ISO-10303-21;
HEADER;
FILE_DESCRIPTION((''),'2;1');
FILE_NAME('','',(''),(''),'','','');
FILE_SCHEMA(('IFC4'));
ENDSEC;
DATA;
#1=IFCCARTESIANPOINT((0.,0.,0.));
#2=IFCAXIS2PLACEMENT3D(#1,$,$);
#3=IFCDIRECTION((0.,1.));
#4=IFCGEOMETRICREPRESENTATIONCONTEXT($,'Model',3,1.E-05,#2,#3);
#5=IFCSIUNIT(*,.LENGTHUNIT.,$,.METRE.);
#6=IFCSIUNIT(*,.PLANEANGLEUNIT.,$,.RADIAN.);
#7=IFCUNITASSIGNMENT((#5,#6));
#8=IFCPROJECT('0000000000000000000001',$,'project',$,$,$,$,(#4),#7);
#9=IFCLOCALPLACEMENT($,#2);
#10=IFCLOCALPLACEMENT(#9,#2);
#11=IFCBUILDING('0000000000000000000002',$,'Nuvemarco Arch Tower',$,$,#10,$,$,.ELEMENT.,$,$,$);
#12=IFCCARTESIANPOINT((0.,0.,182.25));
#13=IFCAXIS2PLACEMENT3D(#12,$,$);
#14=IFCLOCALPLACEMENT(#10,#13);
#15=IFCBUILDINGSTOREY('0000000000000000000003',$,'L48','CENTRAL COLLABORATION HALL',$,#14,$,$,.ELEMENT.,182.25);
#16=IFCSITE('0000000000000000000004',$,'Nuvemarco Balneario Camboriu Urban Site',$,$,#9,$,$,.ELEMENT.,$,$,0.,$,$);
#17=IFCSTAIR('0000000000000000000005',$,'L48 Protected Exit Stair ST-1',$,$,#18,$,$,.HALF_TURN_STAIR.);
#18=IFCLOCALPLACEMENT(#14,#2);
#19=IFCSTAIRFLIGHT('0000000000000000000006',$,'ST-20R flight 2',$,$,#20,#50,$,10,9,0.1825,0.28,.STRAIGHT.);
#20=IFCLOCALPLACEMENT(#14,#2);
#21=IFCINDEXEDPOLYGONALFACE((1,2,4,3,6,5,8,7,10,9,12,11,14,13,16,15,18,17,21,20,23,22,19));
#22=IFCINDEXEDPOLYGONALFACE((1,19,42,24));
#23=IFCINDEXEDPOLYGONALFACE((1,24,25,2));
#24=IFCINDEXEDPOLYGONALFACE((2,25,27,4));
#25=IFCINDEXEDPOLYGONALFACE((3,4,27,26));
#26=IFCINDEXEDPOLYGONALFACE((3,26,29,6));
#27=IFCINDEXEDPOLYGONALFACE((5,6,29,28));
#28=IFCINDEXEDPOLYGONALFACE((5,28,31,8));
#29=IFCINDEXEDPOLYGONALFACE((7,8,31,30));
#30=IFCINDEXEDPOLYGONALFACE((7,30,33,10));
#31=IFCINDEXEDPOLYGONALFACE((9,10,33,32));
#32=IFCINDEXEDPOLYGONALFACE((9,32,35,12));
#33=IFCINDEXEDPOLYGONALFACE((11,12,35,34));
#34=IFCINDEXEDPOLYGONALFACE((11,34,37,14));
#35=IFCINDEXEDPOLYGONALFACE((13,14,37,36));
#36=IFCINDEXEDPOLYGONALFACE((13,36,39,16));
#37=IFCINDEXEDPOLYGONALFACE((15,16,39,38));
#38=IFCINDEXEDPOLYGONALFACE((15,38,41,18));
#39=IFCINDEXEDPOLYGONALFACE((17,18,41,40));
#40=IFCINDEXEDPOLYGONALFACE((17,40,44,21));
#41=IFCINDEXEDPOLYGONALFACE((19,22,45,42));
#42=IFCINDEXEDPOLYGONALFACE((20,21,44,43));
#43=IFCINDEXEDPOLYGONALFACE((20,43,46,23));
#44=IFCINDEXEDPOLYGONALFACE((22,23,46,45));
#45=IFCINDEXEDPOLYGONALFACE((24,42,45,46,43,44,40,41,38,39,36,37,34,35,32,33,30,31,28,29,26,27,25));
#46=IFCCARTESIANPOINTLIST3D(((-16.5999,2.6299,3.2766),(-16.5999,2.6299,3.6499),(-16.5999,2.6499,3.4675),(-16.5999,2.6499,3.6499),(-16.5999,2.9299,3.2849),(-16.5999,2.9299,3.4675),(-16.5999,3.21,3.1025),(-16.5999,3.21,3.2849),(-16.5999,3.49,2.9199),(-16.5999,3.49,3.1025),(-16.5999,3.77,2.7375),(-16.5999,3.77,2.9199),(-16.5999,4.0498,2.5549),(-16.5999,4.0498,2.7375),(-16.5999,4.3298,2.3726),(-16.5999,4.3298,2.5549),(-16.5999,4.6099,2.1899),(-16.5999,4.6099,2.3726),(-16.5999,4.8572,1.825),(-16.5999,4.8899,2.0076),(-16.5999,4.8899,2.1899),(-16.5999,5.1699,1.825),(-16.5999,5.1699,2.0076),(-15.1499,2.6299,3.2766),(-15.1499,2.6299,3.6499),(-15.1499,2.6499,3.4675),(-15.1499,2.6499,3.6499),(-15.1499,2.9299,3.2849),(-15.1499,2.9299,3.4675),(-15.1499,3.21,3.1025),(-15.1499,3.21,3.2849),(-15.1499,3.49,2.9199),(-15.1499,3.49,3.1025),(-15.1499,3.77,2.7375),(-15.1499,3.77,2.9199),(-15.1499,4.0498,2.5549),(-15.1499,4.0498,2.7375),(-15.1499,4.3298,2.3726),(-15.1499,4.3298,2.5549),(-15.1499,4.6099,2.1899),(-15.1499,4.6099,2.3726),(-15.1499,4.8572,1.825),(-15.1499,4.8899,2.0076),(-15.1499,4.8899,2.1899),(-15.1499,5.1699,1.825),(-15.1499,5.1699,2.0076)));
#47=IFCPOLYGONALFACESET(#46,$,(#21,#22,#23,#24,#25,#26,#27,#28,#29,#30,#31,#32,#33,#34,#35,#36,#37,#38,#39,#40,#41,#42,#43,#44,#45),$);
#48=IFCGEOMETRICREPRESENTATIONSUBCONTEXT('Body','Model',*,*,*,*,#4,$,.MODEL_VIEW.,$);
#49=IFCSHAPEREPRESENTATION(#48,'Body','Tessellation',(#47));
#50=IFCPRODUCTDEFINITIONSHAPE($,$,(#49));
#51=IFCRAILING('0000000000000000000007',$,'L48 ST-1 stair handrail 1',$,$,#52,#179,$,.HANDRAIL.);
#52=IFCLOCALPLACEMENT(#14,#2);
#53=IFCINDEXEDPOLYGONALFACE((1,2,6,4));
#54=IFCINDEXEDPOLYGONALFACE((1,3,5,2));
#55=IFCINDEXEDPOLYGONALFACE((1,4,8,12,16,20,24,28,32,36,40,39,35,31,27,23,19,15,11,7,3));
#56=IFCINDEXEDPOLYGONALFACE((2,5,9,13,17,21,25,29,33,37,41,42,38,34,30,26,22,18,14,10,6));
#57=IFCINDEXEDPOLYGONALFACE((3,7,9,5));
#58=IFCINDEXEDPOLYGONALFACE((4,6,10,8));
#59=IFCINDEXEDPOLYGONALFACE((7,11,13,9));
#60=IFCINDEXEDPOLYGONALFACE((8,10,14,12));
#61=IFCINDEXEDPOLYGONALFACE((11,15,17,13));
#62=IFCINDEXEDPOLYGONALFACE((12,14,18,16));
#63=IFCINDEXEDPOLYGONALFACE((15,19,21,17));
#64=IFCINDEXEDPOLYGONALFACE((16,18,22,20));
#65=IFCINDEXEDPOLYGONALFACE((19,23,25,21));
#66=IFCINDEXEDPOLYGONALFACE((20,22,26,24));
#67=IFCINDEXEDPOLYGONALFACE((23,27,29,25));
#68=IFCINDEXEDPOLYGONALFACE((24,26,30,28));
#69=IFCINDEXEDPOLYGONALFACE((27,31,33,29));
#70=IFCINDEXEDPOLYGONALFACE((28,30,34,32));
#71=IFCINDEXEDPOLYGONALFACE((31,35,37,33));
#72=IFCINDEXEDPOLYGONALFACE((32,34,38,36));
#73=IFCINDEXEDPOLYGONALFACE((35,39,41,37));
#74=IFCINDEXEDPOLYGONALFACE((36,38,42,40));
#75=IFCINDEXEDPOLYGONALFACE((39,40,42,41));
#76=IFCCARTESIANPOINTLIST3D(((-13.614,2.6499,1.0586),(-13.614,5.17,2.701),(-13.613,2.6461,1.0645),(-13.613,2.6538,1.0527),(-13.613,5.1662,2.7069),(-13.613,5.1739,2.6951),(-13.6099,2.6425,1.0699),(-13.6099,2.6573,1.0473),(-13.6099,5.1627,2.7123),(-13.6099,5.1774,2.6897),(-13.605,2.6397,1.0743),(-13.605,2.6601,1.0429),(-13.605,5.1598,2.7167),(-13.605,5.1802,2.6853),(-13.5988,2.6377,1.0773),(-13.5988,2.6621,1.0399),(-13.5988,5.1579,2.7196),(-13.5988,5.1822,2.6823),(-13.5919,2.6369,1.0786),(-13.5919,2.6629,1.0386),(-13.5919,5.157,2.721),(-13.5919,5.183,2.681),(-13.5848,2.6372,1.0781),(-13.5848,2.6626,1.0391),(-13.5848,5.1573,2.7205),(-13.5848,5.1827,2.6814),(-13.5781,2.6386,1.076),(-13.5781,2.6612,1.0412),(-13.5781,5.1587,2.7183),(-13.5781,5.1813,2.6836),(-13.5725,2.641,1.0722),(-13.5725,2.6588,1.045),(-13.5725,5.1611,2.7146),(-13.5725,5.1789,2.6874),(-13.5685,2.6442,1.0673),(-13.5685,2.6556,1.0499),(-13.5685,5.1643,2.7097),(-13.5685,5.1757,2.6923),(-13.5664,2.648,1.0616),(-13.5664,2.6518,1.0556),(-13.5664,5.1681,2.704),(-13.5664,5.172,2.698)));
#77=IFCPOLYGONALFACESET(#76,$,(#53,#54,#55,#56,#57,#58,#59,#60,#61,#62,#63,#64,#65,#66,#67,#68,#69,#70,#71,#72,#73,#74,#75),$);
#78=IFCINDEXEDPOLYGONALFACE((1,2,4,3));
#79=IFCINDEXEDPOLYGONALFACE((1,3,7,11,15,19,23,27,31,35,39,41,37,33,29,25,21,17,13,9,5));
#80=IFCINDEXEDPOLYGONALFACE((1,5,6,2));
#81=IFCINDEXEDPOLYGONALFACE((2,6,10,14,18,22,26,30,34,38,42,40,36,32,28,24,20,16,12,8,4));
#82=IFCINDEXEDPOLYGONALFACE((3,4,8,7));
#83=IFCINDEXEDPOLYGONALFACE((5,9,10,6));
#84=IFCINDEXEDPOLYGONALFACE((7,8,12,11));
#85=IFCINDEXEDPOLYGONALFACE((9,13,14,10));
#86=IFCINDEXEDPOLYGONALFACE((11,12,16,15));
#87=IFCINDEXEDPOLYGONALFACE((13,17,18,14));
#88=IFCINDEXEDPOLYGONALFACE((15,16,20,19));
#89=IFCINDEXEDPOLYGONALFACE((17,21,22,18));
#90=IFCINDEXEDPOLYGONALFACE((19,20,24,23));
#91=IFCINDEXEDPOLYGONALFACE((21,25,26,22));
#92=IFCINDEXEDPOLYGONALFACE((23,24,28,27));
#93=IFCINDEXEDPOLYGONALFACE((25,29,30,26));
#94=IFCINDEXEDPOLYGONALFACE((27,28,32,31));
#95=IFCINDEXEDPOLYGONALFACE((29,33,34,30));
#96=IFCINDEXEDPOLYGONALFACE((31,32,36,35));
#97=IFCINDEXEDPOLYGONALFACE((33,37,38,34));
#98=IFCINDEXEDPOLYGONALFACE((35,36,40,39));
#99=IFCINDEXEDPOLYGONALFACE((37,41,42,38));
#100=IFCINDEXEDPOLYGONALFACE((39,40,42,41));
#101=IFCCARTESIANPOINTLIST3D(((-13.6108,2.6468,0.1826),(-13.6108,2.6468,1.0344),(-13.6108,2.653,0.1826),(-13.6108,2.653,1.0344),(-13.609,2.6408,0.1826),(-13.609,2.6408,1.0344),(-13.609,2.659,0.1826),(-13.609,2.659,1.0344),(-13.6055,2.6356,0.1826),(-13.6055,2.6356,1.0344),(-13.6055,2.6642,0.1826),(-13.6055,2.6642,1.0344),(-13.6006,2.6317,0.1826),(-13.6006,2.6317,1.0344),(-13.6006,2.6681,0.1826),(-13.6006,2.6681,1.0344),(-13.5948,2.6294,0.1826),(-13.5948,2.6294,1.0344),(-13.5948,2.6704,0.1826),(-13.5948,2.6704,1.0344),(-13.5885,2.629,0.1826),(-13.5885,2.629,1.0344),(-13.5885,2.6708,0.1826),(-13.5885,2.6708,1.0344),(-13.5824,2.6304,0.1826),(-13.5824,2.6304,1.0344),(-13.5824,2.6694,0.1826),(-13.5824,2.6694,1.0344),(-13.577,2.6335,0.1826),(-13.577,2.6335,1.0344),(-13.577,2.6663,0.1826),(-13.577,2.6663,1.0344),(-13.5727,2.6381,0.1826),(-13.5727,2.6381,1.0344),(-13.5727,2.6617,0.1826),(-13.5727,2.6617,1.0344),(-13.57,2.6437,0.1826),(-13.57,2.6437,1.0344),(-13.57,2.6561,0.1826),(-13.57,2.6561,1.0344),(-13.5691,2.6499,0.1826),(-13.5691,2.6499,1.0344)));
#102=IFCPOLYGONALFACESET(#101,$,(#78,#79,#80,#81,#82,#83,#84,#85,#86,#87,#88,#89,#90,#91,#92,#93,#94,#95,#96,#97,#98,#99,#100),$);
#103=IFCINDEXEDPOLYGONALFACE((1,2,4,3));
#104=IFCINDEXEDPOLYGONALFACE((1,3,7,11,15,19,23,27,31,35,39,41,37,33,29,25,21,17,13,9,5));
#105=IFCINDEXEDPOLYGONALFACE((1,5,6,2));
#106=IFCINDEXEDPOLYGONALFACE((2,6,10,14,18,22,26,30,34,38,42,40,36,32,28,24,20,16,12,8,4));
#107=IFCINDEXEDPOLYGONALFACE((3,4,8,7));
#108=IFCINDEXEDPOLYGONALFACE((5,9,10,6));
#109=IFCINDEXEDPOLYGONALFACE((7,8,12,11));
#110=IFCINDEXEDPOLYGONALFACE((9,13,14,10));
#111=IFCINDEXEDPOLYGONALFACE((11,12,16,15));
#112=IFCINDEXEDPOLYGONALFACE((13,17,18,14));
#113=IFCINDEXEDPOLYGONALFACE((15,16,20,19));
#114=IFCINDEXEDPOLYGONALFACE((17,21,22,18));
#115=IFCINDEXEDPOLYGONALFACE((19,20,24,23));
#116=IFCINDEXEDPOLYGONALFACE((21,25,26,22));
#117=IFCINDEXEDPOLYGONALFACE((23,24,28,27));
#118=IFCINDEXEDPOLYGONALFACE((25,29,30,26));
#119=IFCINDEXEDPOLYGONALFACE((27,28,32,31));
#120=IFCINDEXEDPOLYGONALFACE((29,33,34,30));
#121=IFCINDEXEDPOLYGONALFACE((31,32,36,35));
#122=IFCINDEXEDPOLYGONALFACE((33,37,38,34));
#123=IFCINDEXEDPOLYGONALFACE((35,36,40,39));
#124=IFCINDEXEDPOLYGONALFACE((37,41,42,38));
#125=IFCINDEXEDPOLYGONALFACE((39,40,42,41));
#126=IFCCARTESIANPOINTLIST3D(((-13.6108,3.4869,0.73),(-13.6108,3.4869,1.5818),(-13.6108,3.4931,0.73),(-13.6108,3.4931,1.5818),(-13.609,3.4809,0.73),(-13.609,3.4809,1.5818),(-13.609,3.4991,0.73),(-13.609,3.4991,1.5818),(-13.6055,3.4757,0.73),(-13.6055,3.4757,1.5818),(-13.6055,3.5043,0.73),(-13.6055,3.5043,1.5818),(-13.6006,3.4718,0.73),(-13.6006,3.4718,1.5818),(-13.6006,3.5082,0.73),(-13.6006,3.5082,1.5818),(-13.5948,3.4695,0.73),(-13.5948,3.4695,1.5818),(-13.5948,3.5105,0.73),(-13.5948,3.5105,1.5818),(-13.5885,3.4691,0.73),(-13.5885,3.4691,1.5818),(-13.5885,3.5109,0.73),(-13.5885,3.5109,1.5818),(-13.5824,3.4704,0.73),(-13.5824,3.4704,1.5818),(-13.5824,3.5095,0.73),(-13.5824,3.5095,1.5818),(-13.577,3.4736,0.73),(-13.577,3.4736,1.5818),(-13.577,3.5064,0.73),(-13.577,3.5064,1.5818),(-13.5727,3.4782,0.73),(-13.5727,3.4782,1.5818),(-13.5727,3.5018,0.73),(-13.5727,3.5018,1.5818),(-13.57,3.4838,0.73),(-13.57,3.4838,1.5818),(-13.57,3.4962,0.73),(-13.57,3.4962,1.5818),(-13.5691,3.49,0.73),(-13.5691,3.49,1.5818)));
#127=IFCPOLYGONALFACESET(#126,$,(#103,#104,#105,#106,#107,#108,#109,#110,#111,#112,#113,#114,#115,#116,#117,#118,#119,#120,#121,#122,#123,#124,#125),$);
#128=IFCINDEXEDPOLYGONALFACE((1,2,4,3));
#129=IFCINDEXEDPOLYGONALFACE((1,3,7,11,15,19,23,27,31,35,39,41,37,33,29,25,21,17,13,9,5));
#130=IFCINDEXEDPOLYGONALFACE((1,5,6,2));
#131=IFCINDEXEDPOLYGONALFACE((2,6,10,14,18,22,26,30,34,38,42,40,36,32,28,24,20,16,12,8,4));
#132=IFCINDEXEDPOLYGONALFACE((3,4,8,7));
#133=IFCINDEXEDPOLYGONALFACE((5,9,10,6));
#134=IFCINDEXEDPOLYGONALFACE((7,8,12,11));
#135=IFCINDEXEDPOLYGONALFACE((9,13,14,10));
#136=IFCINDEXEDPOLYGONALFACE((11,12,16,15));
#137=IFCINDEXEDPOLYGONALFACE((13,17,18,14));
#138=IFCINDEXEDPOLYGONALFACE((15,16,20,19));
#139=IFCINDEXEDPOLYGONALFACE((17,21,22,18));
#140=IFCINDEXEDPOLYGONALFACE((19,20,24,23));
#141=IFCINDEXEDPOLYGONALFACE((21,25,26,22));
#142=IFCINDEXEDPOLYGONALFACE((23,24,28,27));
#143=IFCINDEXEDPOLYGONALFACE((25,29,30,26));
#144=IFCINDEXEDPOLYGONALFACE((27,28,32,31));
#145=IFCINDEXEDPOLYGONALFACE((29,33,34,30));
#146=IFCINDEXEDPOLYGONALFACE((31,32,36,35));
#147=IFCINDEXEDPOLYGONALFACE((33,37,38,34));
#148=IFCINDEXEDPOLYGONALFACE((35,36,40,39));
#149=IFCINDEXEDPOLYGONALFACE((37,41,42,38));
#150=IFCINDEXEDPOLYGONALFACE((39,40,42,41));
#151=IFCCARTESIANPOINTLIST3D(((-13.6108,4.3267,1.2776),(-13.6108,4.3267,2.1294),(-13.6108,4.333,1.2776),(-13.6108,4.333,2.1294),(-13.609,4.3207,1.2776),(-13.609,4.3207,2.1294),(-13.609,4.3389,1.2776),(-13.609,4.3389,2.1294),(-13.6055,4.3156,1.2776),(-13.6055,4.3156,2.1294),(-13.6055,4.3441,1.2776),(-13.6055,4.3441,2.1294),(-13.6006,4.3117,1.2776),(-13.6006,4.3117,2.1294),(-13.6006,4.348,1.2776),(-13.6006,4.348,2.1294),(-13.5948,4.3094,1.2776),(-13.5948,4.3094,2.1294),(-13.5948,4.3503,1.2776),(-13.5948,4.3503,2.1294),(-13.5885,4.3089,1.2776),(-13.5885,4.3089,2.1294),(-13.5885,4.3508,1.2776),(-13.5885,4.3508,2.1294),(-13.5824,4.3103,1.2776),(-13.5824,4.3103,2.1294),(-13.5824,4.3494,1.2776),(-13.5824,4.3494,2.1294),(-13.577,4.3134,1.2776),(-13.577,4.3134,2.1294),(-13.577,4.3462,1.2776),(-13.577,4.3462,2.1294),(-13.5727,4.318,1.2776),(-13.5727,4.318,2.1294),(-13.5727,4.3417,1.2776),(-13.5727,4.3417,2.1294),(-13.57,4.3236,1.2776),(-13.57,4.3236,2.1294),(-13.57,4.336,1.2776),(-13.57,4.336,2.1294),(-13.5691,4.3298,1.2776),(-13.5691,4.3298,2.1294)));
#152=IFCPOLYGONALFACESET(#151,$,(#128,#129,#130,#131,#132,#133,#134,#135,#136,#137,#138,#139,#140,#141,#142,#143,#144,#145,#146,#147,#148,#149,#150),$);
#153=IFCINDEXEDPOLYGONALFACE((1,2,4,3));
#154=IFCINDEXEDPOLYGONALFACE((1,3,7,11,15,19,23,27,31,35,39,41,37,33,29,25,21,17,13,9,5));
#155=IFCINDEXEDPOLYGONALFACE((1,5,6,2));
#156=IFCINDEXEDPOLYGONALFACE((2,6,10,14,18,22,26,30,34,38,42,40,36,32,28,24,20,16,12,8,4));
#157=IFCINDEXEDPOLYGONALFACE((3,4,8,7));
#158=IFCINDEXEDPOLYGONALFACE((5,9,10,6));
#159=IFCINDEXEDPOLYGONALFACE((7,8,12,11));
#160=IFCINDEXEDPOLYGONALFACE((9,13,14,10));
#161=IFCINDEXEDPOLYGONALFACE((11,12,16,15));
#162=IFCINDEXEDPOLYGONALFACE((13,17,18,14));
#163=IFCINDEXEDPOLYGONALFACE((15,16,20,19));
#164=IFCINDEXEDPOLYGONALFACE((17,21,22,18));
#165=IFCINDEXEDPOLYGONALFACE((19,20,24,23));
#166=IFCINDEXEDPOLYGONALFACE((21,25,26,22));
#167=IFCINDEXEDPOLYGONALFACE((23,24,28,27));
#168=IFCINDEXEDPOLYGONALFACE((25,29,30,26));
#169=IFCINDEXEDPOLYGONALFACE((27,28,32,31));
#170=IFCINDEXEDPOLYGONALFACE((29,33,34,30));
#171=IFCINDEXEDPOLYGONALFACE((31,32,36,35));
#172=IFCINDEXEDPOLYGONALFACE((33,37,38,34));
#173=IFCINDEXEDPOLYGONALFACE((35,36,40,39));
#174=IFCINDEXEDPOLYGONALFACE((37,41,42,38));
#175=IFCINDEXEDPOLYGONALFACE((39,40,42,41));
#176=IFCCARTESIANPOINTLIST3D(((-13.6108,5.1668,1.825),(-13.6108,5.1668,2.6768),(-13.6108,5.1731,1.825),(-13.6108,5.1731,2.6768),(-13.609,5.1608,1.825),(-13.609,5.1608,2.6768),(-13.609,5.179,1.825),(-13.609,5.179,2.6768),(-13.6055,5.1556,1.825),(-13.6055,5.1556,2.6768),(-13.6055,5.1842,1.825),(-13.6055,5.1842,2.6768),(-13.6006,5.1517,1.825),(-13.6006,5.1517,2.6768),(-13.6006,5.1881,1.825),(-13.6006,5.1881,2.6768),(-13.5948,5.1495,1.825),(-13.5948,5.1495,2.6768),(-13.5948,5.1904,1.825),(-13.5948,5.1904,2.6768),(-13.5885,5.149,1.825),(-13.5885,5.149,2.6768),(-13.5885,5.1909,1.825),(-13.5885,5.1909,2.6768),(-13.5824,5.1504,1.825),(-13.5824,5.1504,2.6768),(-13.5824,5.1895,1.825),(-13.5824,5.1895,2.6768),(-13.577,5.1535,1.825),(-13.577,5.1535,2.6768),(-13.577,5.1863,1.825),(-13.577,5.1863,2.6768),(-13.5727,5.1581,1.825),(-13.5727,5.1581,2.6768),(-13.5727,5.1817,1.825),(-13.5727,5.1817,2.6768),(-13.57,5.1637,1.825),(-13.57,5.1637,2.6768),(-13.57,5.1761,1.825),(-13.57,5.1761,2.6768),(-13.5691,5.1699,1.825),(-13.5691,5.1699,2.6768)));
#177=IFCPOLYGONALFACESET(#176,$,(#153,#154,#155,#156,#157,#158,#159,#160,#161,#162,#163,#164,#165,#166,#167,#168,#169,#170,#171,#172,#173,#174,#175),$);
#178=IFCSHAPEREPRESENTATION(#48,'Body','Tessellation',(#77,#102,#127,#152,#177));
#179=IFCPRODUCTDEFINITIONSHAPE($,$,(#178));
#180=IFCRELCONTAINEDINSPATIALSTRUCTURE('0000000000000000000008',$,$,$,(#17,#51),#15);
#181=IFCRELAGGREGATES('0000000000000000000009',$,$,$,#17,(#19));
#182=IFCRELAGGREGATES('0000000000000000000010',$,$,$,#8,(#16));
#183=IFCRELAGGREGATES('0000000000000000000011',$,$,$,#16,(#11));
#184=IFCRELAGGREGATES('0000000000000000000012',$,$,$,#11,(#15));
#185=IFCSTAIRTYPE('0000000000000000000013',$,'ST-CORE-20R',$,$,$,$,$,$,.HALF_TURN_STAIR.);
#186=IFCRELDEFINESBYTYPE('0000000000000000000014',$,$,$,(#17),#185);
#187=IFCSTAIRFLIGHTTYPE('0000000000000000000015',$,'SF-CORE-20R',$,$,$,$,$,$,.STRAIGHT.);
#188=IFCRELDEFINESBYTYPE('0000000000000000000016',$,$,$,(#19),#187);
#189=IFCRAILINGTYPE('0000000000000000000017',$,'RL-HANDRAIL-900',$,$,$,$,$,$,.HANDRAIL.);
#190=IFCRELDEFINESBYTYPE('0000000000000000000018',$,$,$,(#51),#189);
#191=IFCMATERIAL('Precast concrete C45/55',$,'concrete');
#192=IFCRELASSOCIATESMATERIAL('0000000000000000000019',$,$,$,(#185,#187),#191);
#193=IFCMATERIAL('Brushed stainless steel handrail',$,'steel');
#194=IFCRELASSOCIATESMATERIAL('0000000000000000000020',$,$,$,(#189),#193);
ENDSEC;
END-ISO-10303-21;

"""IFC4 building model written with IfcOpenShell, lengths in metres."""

from ifc_helpers import new_model, si_unit, direction, frame, origin, origin_2d, place, context, subcontext, project, spatial, polyline, circle, outline, extrude, material, type_object, element, aggregate, save


model = new_model("IFC4")

# Units and contexts
model_context = context("Model", 3, precision=1e-05, world=origin(), true_north=direction((0.0, 1.0)))
body_context = subcontext(model_context, "Body", "Model", "MODEL_VIEW")
ifc_project = project(units=[si_unit("LENGTHUNIT", "METRE"), si_unit("PLANEANGLEUNIT", "RADIAN")], contexts=[model_context])

# Site, building, storey
site_placement = place(None, origin())
site = spatial("IfcSite", under=ifc_project, at=site_placement, Name="Nuvemarco Balneario Camboriu Urban Site", CompositionType="ELEMENT", RefElevation=0.0)
building_placement = place(site_placement, origin())
building = spatial("IfcBuilding", under=site, at=building_placement, Name="Nuvemarco Arch Tower", CompositionType="ELEMENT")
storey_placement = place(building_placement, frame((0.0, 0.0, 182.25)))
storey = spatial("IfcBuildingStorey", under=building, at=storey_placement, Name="L48", Description="CENTRAL COLLABORATION HALL", CompositionType="ELEMENT", Elevation=182.25)

# Shared definitions
ifc_material_1 = material(Name="Precast concrete C45/55", Category="concrete")

# Stair, stair flight
stair_type = type_object("IfcStairType", Name="ST-CORE-20R", PredefinedType="HALF_TURN_STAIR", material=ifc_material_1)
stair_placement = place(storey_placement, origin())
stair = element("IfcStair", 1, at=stair_placement, inside=storey, type_object=stair_type, Name="L48 Protected Exit Stair ST-1", PredefinedType="HALF_TURN_STAIR")
stair_flight_type = type_object("IfcStairFlightType", Name="SF-CORE-20R", PredefinedType="STRAIGHT", material=ifc_material_1)
stair_flight_1_placement = place(storey_placement, frame((-15.875, 5.1699, 1.825), z_axis=(0.0, 0.0, 1.0), x_axis=(0.0, -1.0, 0.0)))
stair_flight_1 = element("IfcStairFlight", 2, at=stair_flight_1_placement, type_object=stair_flight_type, Name="ST-20R flight 2", NumberOfRisers=10, NumberOfTreads=9, PredefinedType="STRAIGHT", RiserHeight=0.1825, TreadLength=0.28, context=body_context, shape_type="SweptSolid", body=[
    extrude(outline(polyline([(0.0, 0.0), (0.0, 0.1826), (0.28, 0.1826), (0.28, 0.365), (0.5601, 0.365), (0.5601, 0.5476), (0.8401, 0.5476), (0.8401, 0.73), (1.1201, 0.73), (1.1201, 0.9126), (1.3999, 0.9126), (1.3999, 1.095), (1.6799, 1.095), (1.6799, 1.2776), (1.96, 1.2776), (1.96, 1.46), (2.24, 1.46), (2.24, 1.6426), (2.52, 1.6426), (2.52, 1.825), (2.54, 1.825), (2.54, 1.4517), (0.3127, 0.0), (0.0, 0.0)])), frame((0.0, 0.7251, 0.0), z_axis=(0.0, -1.0, 0.0), x_axis=(1.0, 0.0, 0.0)), (0.0, 0.0, 1.0), 1.45),
])
aggregate(stair, [stair_flight_1])

# Railing
ifc_material_2 = material(Name="Brushed stainless steel handrail", Category="steel")
railing_type_1 = type_object("IfcRailingType", Name="RL-HANDRAIL-900", PredefinedType="HANDRAIL", material=ifc_material_2)
railing_1_placement = place(storey_placement, frame((-13.5901, 2.6499, 0.1826)))
element("IfcRailing", 3, at=railing_1_placement, inside=storey, type_object=railing_type_1, Name="L48 ST-1 stair handrail 1", PredefinedType="HANDRAIL", context=body_context, shape_type="SweptSolid", body=[
    extrude(circle(Radius=0.0239, at=origin_2d()), frame((0.0, 0.0, 0.876), z_axis=(0.0, 0.837787, 0.545998), x_axis=(-1.0, 0.0, 0.0)), (0.0, 0.0, 1.0), 3.0081),
    extrude(circle(Radius=0.021, at=origin_2d()), origin(), (0.0, 0.0, 1.0), 0.8518),
    extrude(circle(Radius=0.021, at=origin_2d()), frame((0.0, 0.8401, 0.5474)), (0.0, 0.0, 1.0), 0.8518),
    extrude(circle(Radius=0.021, at=origin_2d()), frame((0.0, 1.6799, 1.095)), (0.0, 0.0, 1.0), 0.8518),
    extrude(circle(Radius=0.021, at=origin_2d()), frame((0.0, 2.52, 1.6423)), (0.0, 0.0, 1.0), 0.8518),
])

save(model, "model.ifc")
